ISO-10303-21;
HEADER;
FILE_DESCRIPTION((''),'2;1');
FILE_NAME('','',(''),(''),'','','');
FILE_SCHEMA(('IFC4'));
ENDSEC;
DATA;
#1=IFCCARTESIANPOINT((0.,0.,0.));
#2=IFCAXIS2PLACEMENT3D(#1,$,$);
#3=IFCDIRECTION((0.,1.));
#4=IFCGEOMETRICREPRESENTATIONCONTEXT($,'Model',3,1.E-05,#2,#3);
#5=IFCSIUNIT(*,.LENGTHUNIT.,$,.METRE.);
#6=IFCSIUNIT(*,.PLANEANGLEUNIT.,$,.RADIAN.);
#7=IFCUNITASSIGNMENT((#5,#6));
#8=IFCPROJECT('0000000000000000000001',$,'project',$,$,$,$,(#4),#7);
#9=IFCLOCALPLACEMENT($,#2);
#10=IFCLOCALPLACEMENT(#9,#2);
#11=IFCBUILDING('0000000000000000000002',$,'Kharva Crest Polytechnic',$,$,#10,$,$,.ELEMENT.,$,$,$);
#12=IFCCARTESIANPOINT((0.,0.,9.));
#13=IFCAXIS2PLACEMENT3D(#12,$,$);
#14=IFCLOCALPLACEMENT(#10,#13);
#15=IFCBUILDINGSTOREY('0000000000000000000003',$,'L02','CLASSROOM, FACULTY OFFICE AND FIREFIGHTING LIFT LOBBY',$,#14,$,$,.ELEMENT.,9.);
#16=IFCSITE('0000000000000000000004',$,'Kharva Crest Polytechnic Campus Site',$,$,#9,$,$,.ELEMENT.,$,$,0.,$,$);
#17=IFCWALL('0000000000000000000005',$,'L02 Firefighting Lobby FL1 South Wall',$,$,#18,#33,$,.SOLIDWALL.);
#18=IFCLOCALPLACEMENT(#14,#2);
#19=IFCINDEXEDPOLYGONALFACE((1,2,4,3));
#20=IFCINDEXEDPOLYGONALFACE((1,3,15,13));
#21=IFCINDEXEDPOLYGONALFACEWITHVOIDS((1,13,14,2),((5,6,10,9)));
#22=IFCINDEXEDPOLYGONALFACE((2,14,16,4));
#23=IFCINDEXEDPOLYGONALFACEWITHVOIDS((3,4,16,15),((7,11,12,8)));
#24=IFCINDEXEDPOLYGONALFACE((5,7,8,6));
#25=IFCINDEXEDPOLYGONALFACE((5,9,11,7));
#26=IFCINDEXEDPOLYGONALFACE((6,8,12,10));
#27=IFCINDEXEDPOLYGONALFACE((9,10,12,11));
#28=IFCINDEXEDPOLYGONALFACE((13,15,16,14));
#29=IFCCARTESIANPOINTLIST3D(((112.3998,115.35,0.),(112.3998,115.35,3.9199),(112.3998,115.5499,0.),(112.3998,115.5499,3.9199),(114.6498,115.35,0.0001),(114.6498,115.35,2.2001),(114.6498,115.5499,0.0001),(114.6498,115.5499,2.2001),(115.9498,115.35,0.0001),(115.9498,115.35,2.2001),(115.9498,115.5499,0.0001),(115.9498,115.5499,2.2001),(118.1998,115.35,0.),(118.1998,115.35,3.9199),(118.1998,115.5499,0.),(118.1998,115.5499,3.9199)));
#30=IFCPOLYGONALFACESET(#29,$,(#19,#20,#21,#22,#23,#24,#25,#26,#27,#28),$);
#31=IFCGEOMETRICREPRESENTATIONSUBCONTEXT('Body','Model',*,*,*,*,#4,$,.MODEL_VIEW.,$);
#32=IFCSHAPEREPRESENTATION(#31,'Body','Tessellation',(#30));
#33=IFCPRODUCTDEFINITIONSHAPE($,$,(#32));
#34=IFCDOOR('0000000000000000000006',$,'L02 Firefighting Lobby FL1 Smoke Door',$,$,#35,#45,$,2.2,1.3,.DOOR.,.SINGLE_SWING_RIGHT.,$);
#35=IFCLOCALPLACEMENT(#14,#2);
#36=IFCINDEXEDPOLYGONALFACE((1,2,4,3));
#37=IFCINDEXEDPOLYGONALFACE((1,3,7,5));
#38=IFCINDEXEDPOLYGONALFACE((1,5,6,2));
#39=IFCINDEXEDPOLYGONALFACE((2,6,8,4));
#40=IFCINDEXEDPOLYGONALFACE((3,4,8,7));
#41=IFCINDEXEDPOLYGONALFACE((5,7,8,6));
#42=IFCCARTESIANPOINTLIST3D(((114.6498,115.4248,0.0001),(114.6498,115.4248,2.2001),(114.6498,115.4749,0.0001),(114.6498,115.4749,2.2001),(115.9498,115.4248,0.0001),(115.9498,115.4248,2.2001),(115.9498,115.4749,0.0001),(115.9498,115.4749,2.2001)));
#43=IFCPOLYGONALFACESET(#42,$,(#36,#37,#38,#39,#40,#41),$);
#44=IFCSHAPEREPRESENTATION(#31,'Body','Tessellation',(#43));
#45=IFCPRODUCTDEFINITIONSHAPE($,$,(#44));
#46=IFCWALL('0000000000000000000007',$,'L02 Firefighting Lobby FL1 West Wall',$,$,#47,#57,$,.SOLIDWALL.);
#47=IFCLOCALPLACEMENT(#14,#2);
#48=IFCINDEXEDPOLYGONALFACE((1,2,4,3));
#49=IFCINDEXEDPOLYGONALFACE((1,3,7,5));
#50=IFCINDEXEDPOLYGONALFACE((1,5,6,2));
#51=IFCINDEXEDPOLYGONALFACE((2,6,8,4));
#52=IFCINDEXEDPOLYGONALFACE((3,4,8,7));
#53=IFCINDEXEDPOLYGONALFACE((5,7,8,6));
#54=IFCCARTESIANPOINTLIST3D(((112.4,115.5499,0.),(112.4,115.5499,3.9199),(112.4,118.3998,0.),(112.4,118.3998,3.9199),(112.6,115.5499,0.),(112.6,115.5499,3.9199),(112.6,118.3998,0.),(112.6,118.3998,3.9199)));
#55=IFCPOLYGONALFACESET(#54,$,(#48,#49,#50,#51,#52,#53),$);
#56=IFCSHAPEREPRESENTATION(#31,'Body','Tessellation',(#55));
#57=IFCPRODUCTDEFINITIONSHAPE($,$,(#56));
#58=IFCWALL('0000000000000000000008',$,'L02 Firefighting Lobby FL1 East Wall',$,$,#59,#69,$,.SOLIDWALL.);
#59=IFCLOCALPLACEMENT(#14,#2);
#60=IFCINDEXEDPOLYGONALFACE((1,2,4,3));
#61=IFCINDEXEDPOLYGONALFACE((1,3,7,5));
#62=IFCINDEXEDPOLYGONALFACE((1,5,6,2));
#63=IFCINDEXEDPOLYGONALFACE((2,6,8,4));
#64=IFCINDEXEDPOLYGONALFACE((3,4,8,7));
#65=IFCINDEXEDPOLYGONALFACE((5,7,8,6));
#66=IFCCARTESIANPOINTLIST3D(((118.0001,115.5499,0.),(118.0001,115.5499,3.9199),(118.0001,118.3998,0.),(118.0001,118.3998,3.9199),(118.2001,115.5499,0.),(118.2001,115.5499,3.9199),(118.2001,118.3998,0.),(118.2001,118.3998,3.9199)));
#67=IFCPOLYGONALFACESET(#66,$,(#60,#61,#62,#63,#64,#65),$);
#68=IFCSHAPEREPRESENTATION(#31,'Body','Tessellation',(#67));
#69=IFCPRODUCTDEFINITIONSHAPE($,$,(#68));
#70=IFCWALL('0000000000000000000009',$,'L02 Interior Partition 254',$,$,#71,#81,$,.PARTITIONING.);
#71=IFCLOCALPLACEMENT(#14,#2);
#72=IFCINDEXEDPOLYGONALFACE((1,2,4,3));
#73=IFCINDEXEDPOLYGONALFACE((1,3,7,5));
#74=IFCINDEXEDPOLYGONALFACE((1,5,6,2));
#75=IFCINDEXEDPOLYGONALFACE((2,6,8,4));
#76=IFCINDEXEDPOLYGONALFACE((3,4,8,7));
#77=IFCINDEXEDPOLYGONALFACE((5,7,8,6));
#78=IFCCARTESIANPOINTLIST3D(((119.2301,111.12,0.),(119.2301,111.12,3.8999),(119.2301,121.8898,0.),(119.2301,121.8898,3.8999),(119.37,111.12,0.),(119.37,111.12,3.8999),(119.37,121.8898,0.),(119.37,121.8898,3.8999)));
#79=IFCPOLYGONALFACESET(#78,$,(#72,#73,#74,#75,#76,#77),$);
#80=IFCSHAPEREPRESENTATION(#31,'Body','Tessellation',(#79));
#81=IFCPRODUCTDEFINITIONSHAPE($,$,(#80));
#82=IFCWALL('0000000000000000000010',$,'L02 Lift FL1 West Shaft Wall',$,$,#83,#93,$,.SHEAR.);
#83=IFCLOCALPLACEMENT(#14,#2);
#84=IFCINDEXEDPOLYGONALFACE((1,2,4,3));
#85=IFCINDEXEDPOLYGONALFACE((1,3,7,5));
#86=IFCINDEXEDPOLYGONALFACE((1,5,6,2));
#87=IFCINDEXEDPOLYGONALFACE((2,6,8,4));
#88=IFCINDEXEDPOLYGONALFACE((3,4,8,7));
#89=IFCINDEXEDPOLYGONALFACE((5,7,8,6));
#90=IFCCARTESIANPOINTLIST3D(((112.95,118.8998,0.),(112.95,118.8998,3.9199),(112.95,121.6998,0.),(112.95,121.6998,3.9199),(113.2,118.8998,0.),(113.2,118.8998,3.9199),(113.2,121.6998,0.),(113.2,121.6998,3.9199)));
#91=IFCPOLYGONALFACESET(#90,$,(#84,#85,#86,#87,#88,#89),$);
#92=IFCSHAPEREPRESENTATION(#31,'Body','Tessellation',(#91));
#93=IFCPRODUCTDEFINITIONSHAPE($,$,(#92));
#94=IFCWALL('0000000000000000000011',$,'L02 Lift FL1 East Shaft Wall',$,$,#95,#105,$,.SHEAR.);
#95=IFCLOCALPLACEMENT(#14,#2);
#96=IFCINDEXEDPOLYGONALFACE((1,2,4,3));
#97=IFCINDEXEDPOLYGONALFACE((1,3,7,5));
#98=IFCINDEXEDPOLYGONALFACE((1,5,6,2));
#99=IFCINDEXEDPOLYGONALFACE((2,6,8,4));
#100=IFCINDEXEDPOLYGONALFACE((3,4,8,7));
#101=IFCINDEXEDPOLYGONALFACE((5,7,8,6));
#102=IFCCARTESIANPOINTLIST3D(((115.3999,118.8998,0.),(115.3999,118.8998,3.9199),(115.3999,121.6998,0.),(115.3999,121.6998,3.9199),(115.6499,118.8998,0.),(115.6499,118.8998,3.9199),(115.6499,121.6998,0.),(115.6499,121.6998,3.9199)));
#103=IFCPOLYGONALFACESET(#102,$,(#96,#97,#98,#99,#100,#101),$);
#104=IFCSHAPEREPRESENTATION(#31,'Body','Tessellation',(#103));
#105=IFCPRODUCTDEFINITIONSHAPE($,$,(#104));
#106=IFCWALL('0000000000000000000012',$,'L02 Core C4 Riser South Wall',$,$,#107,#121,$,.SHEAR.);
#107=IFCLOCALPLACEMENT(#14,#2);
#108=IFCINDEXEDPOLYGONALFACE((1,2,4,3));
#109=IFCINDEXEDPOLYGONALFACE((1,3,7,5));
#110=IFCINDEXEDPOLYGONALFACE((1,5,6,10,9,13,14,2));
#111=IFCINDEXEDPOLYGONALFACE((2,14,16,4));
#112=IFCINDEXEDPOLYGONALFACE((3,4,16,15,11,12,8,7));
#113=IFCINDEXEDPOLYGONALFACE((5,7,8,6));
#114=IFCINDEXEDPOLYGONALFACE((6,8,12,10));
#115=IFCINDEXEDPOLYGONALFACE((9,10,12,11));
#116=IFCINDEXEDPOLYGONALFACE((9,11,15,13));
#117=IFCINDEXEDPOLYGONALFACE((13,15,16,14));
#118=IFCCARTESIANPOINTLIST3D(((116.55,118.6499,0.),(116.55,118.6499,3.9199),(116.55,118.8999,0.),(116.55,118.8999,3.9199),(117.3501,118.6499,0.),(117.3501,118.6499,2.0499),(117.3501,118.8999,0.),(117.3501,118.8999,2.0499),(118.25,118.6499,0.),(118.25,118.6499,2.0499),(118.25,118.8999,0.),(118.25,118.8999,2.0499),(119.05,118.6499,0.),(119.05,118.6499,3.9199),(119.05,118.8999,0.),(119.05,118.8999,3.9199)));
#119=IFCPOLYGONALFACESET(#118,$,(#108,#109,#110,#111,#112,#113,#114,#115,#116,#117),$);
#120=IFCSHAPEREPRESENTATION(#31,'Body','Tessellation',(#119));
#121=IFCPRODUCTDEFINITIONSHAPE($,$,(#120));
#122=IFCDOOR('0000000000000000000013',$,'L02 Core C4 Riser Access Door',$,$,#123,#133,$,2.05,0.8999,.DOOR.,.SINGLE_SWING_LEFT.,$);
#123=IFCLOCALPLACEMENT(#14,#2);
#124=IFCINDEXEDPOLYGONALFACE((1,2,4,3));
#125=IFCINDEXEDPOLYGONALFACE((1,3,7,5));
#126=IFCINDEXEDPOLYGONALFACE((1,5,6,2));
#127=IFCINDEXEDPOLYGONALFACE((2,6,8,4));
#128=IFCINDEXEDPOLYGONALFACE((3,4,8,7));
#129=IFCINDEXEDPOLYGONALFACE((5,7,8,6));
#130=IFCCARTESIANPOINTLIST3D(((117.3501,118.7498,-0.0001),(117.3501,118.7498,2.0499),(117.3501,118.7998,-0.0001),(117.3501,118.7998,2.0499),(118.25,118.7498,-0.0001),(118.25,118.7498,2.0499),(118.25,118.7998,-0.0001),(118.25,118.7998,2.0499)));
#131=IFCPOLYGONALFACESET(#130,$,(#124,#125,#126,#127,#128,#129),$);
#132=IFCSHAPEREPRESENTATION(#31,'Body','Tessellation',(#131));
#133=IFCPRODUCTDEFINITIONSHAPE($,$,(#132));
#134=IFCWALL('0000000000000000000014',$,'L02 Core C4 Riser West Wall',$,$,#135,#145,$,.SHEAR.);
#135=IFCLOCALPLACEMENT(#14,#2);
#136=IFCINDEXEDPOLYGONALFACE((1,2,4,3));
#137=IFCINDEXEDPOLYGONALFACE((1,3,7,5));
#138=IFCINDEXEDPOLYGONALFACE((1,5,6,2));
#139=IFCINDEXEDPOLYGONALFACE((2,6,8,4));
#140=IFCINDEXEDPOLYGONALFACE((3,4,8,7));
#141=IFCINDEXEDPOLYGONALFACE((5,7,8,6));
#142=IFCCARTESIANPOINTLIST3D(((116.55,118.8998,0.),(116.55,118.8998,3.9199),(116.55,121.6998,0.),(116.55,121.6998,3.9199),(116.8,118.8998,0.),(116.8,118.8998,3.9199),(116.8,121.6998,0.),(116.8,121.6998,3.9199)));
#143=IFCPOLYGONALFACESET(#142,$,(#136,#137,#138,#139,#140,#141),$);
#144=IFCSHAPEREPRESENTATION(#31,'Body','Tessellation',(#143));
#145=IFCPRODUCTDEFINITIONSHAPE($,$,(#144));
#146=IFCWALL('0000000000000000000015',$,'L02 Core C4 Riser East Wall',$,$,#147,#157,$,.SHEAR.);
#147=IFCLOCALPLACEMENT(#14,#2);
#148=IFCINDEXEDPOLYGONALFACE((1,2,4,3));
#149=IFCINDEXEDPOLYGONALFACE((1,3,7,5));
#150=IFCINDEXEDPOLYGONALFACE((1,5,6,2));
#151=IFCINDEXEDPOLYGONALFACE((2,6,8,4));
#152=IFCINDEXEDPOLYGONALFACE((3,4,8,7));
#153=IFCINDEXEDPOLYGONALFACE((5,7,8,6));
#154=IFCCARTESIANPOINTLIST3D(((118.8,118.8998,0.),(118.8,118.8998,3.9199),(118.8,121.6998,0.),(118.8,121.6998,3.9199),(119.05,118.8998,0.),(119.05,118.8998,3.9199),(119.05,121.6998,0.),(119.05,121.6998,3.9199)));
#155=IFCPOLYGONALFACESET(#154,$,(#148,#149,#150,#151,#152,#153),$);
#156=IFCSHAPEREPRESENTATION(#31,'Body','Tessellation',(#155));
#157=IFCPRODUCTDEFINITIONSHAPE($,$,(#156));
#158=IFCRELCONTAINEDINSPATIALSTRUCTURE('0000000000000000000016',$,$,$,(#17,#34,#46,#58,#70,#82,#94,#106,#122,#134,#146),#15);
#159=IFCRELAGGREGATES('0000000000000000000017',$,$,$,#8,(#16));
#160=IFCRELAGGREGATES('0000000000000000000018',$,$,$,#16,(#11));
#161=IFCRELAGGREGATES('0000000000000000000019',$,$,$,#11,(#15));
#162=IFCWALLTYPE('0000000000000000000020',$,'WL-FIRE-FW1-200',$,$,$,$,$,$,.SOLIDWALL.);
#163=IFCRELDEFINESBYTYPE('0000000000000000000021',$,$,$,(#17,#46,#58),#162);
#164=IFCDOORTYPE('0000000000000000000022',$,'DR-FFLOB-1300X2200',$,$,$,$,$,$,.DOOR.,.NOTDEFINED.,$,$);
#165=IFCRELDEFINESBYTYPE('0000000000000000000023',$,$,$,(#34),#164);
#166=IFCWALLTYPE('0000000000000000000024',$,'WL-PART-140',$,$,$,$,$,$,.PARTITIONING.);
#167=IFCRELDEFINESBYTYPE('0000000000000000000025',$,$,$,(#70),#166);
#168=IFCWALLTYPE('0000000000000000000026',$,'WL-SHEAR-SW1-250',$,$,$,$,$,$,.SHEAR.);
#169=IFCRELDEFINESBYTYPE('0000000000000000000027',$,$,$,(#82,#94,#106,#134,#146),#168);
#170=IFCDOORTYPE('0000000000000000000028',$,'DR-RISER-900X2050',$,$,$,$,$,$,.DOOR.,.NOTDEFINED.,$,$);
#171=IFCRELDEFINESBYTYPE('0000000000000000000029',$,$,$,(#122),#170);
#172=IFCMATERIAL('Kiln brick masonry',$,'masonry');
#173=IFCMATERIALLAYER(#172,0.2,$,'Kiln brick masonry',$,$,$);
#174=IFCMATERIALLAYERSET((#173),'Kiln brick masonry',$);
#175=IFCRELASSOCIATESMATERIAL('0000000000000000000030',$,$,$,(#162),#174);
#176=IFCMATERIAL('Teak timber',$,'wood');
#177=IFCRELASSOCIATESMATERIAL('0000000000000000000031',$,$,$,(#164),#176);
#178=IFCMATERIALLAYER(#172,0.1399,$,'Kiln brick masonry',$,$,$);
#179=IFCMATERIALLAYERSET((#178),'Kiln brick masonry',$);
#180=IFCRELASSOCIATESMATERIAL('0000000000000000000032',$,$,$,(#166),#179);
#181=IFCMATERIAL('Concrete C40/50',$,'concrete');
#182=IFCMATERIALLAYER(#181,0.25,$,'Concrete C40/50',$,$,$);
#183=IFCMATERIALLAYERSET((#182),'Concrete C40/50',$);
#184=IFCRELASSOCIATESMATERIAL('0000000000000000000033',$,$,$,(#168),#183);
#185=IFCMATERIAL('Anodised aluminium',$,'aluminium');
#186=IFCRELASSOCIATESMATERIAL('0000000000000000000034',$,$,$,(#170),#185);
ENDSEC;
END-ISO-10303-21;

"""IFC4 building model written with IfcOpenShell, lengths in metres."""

from ifc_helpers import new_model, si_unit, direction, frame, frame_2d, origin, place, context, subcontext, project, spatial, rectangle, extrude, material, layer, layer_set, type_object, element, fill, save


model = new_model("IFC4")

# Units and contexts
model_context = context("Model", 3, precision=1e-05, world=origin(), true_north=direction((0.0, 1.0)))
body_context = subcontext(model_context, "Body", "Model", "MODEL_VIEW")
ifc_project = project(units=[si_unit("LENGTHUNIT", "METRE"), si_unit("PLANEANGLEUNIT", "RADIAN")], contexts=[model_context])

# Site, building, storey
site_placement = place(None, origin())
site = spatial("IfcSite", under=ifc_project, at=site_placement, Name="Kharva Crest Polytechnic Campus Site", CompositionType="ELEMENT", RefElevation=0.0)
building_placement = place(site_placement, origin())
building = spatial("IfcBuilding", under=site, at=building_placement, Name="Kharva Crest Polytechnic", CompositionType="ELEMENT")
storey_placement = place(building_placement, frame((0.0, 0.0, 9.0)))
storey = spatial("IfcBuildingStorey", under=building, at=storey_placement, Name="L02", Description="CLASSROOM, FACULTY OFFICE AND FIREFIGHTING LIFT LOBBY", CompositionType="ELEMENT", Elevation=9.0)

# Shared definitions
ifc_material_1 = material(Name="Concrete C40/50", Category="concrete")

# Wall, opening, door
ifc_material_2 = material(Name="Kiln brick masonry", Category="masonry")
ifc_layer_1 = layer(ifc_material_2, 0.2, Name="Kiln brick masonry")
ifc_layer_set_1 = layer_set([ifc_layer_1], Name="Kiln brick masonry")
wall_type_1 = type_object("IfcWallType", Name="WL-FIRE-FW1-200", PredefinedType="SOLIDWALL", material=ifc_layer_set_1)
wall_1_placement = place(storey_placement, frame((112.3999, 115.45, 0.0), z_axis=(0.0, 0.0, 1.0), x_axis=(1.0, 0.0, 0.0)))
wall_1 = element("IfcWall", 1, at=wall_1_placement, inside=storey, type_object=wall_type_1, Name="L02 Firefighting Lobby FL1 South Wall", PredefinedType="SOLIDWALL", context=body_context, shape_type="SweptSolid", body=[
    extrude(rectangle(XDim=5.8, YDim=0.2, at=frame_2d((2.8999, 0.0))), origin(), (0.0, 0.0, 1.0), 3.9199),
])
opening_1_placement = place(wall_1_placement, frame((2.25, 0.0, 0.0)))
opening_1 = element("IfcOpeningElement", 2, at=opening_1_placement, cuts=wall_1, PredefinedType="OPENING", context=body_context, shape_type="SweptSolid", body=[
    extrude(rectangle(XDim=1.3, YDim=2.2, at=frame_2d((0.6499, 1.1001))), frame((0.0, 0.1099, 0.0), z_axis=(0.0, -1.0, 0.0), x_axis=(1.0, 0.0, 0.0)), (0.0, 0.0, 1.0), 0.22),
])
ifc_material_3 = material(Name="Teak timber", Category="wood")
door_type_1 = type_object("IfcDoorType", Name="DR-FFLOB-1300X2200", OperationType="NOTDEFINED", PredefinedType="DOOR", material=ifc_material_3)
door_1_placement = place(opening_1_placement, origin())
door_1 = element("IfcDoor", 3, at=door_1_placement, inside=storey, type_object=door_type_1, Name="L02 Firefighting Lobby FL1 Smoke Door", OperationType="SINGLE_SWING_RIGHT", OverallHeight=2.2, OverallWidth=1.3, PredefinedType="DOOR", context=body_context, shape_type="SweptSolid", body=[
    extrude(rectangle(XDim=1.3, YDim=2.2, at=frame_2d((0.6499, 1.1001))), frame((0.0, 0.0249, 0.0), z_axis=(0.0, -1.0, 0.0), x_axis=(1.0, 0.0, 0.0)), (0.0, 0.0, 1.0), 0.05),
])
fill(opening_1, door_1)

# Walls
for number, where, z_axis, x_axis, name in (
    (4, (112.5, 115.55, 0.0), (0.0, 0.0, 1.0), (0.0, 1.0, 0.0), "L02 Firefighting Lobby FL1 West Wall"),
    (5, (118.1001, 115.55, 0.0), (0.0, 0.0, 1.0), (0.0, 1.0, 0.0), "L02 Firefighting Lobby FL1 East Wall"),
):
    element("IfcWall", number, at=place(storey_placement, frame(where, z_axis=z_axis, x_axis=x_axis)), inside=storey, type_object=wall_type_1, Name=name, PredefinedType="SOLIDWALL", context=body_context, shape_type="SweptSolid", body=[
        extrude(rectangle(XDim=2.8499, YDim=0.2, at=frame_2d((1.4248, 0.0))), origin(), (0.0, 0.0, 1.0), 3.9199),
    ])
ifc_layer_2 = layer(ifc_material_2, 0.1399, Name="Kiln brick masonry")
ifc_layer_set_2 = layer_set([ifc_layer_2], Name="Kiln brick masonry")
wall_type_2 = type_object("IfcWallType", Name="WL-PART-140", PredefinedType="PARTITIONING", material=ifc_layer_set_2)
wall_2_placement = place(storey_placement, frame((119.3, 111.1201, 0.0), z_axis=(0.0, 0.0, 1.0), x_axis=(0.0, 1.0, 0.0)))
element("IfcWall", 6, at=wall_2_placement, inside=storey, type_object=wall_type_2, Name="L02 Interior Partition 254", PredefinedType="PARTITIONING", context=body_context, shape_type="SweptSolid", body=[
    extrude(rectangle(XDim=10.7698, YDim=0.1399, at=frame_2d((5.3848, 0.0))), origin(), (0.0, 0.0, 1.0), 3.8999),
])

# Shared definitions
ifc_layer_3 = layer(ifc_material_1, 0.25, Name="Concrete C40/50")
ifc_layer_set_3 = layer_set([ifc_layer_3], Name="Concrete C40/50")
wall_type_3 = type_object("IfcWallType", Name="WL-SHEAR-SW1-250", PredefinedType="SHEAR", material=ifc_layer_set_3)
ifc_material_4 = material(Name="Anodised aluminium", Category="aluminium")

# Walls
for number, where, z_axis, x_axis, name in (
    (7, (113.075, 118.8999, 0.0), (0.0, 0.0, 1.0), (0.0, 1.0, 0.0), "L02 Lift FL1 West Shaft Wall"),
    (8, (115.5249, 118.8999, 0.0), (0.0, 0.0, 1.0), (0.0, 1.0, 0.0), "L02 Lift FL1 East Shaft Wall"),
):
    element("IfcWall", number, at=place(storey_placement, frame(where, z_axis=z_axis, x_axis=x_axis)), inside=storey, type_object=wall_type_3, Name=name, PredefinedType="SHEAR", context=body_context, shape_type="SweptSolid", body=[
        extrude(rectangle(XDim=2.8, YDim=0.25, at=frame_2d((1.3999, 0.0))), origin(), (0.0, 0.0, 1.0), 3.9199),
    ])

# Wall, opening, door
wall_3_placement = place(storey_placement, frame((116.55, 118.7749, 0.0), z_axis=(0.0, 0.0, 1.0), x_axis=(1.0, 0.0, 0.0)))
wall_3 = element("IfcWall", 9, at=wall_3_placement, inside=storey, type_object=wall_type_3, Name="L02 Core C4 Riser South Wall", PredefinedType="SHEAR", context=body_context, shape_type="SweptSolid", body=[
    extrude(rectangle(XDim=2.5, YDim=0.25, at=frame_2d((1.25, 0.0))), origin(), (0.0, 0.0, 1.0), 3.9199),
])
opening_2_placement = place(wall_3_placement, frame((0.8, 0.0, 0.0)))
opening_2 = element("IfcOpeningElement", 10, at=opening_2_placement, cuts=wall_3, PredefinedType="OPENING", context=body_context, shape_type="SweptSolid", body=[
    extrude(rectangle(XDim=0.8999, YDim=2.05, at=frame_2d((0.45, 1.0249))), frame((0.0, 0.135, 0.0), z_axis=(0.0, -1.0, 0.0), x_axis=(1.0, 0.0, 0.0)), (0.0, 0.0, 1.0), 0.27),
])
door_type_2 = type_object("IfcDoorType", Name="DR-RISER-900X2050", OperationType="NOTDEFINED", PredefinedType="DOOR", material=ifc_material_4)
door_2_placement = place(opening_2_placement, origin())
door_2 = element("IfcDoor", 11, at=door_2_placement, inside=storey, type_object=door_type_2, Name="L02 Core C4 Riser Access Door", OperationType="SINGLE_SWING_LEFT", OverallHeight=2.05, OverallWidth=0.8999, PredefinedType="DOOR", context=body_context, shape_type="SweptSolid", body=[
    extrude(rectangle(XDim=0.8999, YDim=2.05, at=frame_2d((0.45, 1.0249))), frame((0.0, 0.0249, 0.0), z_axis=(0.0, -1.0, 0.0), x_axis=(1.0, 0.0, 0.0)), (0.0, 0.0, 1.0), 0.05),
])
fill(opening_2, door_2)

# Walls
for number, where, z_axis, x_axis, name in (
    (12, (116.675, 118.8999, 0.0), (0.0, 0.0, 1.0), (0.0, 1.0, 0.0), "L02 Core C4 Riser West Wall"),
    (13, (118.925, 118.8999, 0.0), (0.0, 0.0, 1.0), (0.0, 1.0, 0.0), "L02 Core C4 Riser East Wall"),
):
    element("IfcWall", number, at=place(storey_placement, frame(where, z_axis=z_axis, x_axis=x_axis)), inside=storey, type_object=wall_type_3, Name=name, PredefinedType="SHEAR", context=body_context, shape_type="SweptSolid", body=[
        extrude(rectangle(XDim=2.8, YDim=0.25, at=frame_2d((1.3999, 0.0))), origin(), (0.0, 0.0, 1.0), 3.9199),
    ])

save(model, "model.ifc")
